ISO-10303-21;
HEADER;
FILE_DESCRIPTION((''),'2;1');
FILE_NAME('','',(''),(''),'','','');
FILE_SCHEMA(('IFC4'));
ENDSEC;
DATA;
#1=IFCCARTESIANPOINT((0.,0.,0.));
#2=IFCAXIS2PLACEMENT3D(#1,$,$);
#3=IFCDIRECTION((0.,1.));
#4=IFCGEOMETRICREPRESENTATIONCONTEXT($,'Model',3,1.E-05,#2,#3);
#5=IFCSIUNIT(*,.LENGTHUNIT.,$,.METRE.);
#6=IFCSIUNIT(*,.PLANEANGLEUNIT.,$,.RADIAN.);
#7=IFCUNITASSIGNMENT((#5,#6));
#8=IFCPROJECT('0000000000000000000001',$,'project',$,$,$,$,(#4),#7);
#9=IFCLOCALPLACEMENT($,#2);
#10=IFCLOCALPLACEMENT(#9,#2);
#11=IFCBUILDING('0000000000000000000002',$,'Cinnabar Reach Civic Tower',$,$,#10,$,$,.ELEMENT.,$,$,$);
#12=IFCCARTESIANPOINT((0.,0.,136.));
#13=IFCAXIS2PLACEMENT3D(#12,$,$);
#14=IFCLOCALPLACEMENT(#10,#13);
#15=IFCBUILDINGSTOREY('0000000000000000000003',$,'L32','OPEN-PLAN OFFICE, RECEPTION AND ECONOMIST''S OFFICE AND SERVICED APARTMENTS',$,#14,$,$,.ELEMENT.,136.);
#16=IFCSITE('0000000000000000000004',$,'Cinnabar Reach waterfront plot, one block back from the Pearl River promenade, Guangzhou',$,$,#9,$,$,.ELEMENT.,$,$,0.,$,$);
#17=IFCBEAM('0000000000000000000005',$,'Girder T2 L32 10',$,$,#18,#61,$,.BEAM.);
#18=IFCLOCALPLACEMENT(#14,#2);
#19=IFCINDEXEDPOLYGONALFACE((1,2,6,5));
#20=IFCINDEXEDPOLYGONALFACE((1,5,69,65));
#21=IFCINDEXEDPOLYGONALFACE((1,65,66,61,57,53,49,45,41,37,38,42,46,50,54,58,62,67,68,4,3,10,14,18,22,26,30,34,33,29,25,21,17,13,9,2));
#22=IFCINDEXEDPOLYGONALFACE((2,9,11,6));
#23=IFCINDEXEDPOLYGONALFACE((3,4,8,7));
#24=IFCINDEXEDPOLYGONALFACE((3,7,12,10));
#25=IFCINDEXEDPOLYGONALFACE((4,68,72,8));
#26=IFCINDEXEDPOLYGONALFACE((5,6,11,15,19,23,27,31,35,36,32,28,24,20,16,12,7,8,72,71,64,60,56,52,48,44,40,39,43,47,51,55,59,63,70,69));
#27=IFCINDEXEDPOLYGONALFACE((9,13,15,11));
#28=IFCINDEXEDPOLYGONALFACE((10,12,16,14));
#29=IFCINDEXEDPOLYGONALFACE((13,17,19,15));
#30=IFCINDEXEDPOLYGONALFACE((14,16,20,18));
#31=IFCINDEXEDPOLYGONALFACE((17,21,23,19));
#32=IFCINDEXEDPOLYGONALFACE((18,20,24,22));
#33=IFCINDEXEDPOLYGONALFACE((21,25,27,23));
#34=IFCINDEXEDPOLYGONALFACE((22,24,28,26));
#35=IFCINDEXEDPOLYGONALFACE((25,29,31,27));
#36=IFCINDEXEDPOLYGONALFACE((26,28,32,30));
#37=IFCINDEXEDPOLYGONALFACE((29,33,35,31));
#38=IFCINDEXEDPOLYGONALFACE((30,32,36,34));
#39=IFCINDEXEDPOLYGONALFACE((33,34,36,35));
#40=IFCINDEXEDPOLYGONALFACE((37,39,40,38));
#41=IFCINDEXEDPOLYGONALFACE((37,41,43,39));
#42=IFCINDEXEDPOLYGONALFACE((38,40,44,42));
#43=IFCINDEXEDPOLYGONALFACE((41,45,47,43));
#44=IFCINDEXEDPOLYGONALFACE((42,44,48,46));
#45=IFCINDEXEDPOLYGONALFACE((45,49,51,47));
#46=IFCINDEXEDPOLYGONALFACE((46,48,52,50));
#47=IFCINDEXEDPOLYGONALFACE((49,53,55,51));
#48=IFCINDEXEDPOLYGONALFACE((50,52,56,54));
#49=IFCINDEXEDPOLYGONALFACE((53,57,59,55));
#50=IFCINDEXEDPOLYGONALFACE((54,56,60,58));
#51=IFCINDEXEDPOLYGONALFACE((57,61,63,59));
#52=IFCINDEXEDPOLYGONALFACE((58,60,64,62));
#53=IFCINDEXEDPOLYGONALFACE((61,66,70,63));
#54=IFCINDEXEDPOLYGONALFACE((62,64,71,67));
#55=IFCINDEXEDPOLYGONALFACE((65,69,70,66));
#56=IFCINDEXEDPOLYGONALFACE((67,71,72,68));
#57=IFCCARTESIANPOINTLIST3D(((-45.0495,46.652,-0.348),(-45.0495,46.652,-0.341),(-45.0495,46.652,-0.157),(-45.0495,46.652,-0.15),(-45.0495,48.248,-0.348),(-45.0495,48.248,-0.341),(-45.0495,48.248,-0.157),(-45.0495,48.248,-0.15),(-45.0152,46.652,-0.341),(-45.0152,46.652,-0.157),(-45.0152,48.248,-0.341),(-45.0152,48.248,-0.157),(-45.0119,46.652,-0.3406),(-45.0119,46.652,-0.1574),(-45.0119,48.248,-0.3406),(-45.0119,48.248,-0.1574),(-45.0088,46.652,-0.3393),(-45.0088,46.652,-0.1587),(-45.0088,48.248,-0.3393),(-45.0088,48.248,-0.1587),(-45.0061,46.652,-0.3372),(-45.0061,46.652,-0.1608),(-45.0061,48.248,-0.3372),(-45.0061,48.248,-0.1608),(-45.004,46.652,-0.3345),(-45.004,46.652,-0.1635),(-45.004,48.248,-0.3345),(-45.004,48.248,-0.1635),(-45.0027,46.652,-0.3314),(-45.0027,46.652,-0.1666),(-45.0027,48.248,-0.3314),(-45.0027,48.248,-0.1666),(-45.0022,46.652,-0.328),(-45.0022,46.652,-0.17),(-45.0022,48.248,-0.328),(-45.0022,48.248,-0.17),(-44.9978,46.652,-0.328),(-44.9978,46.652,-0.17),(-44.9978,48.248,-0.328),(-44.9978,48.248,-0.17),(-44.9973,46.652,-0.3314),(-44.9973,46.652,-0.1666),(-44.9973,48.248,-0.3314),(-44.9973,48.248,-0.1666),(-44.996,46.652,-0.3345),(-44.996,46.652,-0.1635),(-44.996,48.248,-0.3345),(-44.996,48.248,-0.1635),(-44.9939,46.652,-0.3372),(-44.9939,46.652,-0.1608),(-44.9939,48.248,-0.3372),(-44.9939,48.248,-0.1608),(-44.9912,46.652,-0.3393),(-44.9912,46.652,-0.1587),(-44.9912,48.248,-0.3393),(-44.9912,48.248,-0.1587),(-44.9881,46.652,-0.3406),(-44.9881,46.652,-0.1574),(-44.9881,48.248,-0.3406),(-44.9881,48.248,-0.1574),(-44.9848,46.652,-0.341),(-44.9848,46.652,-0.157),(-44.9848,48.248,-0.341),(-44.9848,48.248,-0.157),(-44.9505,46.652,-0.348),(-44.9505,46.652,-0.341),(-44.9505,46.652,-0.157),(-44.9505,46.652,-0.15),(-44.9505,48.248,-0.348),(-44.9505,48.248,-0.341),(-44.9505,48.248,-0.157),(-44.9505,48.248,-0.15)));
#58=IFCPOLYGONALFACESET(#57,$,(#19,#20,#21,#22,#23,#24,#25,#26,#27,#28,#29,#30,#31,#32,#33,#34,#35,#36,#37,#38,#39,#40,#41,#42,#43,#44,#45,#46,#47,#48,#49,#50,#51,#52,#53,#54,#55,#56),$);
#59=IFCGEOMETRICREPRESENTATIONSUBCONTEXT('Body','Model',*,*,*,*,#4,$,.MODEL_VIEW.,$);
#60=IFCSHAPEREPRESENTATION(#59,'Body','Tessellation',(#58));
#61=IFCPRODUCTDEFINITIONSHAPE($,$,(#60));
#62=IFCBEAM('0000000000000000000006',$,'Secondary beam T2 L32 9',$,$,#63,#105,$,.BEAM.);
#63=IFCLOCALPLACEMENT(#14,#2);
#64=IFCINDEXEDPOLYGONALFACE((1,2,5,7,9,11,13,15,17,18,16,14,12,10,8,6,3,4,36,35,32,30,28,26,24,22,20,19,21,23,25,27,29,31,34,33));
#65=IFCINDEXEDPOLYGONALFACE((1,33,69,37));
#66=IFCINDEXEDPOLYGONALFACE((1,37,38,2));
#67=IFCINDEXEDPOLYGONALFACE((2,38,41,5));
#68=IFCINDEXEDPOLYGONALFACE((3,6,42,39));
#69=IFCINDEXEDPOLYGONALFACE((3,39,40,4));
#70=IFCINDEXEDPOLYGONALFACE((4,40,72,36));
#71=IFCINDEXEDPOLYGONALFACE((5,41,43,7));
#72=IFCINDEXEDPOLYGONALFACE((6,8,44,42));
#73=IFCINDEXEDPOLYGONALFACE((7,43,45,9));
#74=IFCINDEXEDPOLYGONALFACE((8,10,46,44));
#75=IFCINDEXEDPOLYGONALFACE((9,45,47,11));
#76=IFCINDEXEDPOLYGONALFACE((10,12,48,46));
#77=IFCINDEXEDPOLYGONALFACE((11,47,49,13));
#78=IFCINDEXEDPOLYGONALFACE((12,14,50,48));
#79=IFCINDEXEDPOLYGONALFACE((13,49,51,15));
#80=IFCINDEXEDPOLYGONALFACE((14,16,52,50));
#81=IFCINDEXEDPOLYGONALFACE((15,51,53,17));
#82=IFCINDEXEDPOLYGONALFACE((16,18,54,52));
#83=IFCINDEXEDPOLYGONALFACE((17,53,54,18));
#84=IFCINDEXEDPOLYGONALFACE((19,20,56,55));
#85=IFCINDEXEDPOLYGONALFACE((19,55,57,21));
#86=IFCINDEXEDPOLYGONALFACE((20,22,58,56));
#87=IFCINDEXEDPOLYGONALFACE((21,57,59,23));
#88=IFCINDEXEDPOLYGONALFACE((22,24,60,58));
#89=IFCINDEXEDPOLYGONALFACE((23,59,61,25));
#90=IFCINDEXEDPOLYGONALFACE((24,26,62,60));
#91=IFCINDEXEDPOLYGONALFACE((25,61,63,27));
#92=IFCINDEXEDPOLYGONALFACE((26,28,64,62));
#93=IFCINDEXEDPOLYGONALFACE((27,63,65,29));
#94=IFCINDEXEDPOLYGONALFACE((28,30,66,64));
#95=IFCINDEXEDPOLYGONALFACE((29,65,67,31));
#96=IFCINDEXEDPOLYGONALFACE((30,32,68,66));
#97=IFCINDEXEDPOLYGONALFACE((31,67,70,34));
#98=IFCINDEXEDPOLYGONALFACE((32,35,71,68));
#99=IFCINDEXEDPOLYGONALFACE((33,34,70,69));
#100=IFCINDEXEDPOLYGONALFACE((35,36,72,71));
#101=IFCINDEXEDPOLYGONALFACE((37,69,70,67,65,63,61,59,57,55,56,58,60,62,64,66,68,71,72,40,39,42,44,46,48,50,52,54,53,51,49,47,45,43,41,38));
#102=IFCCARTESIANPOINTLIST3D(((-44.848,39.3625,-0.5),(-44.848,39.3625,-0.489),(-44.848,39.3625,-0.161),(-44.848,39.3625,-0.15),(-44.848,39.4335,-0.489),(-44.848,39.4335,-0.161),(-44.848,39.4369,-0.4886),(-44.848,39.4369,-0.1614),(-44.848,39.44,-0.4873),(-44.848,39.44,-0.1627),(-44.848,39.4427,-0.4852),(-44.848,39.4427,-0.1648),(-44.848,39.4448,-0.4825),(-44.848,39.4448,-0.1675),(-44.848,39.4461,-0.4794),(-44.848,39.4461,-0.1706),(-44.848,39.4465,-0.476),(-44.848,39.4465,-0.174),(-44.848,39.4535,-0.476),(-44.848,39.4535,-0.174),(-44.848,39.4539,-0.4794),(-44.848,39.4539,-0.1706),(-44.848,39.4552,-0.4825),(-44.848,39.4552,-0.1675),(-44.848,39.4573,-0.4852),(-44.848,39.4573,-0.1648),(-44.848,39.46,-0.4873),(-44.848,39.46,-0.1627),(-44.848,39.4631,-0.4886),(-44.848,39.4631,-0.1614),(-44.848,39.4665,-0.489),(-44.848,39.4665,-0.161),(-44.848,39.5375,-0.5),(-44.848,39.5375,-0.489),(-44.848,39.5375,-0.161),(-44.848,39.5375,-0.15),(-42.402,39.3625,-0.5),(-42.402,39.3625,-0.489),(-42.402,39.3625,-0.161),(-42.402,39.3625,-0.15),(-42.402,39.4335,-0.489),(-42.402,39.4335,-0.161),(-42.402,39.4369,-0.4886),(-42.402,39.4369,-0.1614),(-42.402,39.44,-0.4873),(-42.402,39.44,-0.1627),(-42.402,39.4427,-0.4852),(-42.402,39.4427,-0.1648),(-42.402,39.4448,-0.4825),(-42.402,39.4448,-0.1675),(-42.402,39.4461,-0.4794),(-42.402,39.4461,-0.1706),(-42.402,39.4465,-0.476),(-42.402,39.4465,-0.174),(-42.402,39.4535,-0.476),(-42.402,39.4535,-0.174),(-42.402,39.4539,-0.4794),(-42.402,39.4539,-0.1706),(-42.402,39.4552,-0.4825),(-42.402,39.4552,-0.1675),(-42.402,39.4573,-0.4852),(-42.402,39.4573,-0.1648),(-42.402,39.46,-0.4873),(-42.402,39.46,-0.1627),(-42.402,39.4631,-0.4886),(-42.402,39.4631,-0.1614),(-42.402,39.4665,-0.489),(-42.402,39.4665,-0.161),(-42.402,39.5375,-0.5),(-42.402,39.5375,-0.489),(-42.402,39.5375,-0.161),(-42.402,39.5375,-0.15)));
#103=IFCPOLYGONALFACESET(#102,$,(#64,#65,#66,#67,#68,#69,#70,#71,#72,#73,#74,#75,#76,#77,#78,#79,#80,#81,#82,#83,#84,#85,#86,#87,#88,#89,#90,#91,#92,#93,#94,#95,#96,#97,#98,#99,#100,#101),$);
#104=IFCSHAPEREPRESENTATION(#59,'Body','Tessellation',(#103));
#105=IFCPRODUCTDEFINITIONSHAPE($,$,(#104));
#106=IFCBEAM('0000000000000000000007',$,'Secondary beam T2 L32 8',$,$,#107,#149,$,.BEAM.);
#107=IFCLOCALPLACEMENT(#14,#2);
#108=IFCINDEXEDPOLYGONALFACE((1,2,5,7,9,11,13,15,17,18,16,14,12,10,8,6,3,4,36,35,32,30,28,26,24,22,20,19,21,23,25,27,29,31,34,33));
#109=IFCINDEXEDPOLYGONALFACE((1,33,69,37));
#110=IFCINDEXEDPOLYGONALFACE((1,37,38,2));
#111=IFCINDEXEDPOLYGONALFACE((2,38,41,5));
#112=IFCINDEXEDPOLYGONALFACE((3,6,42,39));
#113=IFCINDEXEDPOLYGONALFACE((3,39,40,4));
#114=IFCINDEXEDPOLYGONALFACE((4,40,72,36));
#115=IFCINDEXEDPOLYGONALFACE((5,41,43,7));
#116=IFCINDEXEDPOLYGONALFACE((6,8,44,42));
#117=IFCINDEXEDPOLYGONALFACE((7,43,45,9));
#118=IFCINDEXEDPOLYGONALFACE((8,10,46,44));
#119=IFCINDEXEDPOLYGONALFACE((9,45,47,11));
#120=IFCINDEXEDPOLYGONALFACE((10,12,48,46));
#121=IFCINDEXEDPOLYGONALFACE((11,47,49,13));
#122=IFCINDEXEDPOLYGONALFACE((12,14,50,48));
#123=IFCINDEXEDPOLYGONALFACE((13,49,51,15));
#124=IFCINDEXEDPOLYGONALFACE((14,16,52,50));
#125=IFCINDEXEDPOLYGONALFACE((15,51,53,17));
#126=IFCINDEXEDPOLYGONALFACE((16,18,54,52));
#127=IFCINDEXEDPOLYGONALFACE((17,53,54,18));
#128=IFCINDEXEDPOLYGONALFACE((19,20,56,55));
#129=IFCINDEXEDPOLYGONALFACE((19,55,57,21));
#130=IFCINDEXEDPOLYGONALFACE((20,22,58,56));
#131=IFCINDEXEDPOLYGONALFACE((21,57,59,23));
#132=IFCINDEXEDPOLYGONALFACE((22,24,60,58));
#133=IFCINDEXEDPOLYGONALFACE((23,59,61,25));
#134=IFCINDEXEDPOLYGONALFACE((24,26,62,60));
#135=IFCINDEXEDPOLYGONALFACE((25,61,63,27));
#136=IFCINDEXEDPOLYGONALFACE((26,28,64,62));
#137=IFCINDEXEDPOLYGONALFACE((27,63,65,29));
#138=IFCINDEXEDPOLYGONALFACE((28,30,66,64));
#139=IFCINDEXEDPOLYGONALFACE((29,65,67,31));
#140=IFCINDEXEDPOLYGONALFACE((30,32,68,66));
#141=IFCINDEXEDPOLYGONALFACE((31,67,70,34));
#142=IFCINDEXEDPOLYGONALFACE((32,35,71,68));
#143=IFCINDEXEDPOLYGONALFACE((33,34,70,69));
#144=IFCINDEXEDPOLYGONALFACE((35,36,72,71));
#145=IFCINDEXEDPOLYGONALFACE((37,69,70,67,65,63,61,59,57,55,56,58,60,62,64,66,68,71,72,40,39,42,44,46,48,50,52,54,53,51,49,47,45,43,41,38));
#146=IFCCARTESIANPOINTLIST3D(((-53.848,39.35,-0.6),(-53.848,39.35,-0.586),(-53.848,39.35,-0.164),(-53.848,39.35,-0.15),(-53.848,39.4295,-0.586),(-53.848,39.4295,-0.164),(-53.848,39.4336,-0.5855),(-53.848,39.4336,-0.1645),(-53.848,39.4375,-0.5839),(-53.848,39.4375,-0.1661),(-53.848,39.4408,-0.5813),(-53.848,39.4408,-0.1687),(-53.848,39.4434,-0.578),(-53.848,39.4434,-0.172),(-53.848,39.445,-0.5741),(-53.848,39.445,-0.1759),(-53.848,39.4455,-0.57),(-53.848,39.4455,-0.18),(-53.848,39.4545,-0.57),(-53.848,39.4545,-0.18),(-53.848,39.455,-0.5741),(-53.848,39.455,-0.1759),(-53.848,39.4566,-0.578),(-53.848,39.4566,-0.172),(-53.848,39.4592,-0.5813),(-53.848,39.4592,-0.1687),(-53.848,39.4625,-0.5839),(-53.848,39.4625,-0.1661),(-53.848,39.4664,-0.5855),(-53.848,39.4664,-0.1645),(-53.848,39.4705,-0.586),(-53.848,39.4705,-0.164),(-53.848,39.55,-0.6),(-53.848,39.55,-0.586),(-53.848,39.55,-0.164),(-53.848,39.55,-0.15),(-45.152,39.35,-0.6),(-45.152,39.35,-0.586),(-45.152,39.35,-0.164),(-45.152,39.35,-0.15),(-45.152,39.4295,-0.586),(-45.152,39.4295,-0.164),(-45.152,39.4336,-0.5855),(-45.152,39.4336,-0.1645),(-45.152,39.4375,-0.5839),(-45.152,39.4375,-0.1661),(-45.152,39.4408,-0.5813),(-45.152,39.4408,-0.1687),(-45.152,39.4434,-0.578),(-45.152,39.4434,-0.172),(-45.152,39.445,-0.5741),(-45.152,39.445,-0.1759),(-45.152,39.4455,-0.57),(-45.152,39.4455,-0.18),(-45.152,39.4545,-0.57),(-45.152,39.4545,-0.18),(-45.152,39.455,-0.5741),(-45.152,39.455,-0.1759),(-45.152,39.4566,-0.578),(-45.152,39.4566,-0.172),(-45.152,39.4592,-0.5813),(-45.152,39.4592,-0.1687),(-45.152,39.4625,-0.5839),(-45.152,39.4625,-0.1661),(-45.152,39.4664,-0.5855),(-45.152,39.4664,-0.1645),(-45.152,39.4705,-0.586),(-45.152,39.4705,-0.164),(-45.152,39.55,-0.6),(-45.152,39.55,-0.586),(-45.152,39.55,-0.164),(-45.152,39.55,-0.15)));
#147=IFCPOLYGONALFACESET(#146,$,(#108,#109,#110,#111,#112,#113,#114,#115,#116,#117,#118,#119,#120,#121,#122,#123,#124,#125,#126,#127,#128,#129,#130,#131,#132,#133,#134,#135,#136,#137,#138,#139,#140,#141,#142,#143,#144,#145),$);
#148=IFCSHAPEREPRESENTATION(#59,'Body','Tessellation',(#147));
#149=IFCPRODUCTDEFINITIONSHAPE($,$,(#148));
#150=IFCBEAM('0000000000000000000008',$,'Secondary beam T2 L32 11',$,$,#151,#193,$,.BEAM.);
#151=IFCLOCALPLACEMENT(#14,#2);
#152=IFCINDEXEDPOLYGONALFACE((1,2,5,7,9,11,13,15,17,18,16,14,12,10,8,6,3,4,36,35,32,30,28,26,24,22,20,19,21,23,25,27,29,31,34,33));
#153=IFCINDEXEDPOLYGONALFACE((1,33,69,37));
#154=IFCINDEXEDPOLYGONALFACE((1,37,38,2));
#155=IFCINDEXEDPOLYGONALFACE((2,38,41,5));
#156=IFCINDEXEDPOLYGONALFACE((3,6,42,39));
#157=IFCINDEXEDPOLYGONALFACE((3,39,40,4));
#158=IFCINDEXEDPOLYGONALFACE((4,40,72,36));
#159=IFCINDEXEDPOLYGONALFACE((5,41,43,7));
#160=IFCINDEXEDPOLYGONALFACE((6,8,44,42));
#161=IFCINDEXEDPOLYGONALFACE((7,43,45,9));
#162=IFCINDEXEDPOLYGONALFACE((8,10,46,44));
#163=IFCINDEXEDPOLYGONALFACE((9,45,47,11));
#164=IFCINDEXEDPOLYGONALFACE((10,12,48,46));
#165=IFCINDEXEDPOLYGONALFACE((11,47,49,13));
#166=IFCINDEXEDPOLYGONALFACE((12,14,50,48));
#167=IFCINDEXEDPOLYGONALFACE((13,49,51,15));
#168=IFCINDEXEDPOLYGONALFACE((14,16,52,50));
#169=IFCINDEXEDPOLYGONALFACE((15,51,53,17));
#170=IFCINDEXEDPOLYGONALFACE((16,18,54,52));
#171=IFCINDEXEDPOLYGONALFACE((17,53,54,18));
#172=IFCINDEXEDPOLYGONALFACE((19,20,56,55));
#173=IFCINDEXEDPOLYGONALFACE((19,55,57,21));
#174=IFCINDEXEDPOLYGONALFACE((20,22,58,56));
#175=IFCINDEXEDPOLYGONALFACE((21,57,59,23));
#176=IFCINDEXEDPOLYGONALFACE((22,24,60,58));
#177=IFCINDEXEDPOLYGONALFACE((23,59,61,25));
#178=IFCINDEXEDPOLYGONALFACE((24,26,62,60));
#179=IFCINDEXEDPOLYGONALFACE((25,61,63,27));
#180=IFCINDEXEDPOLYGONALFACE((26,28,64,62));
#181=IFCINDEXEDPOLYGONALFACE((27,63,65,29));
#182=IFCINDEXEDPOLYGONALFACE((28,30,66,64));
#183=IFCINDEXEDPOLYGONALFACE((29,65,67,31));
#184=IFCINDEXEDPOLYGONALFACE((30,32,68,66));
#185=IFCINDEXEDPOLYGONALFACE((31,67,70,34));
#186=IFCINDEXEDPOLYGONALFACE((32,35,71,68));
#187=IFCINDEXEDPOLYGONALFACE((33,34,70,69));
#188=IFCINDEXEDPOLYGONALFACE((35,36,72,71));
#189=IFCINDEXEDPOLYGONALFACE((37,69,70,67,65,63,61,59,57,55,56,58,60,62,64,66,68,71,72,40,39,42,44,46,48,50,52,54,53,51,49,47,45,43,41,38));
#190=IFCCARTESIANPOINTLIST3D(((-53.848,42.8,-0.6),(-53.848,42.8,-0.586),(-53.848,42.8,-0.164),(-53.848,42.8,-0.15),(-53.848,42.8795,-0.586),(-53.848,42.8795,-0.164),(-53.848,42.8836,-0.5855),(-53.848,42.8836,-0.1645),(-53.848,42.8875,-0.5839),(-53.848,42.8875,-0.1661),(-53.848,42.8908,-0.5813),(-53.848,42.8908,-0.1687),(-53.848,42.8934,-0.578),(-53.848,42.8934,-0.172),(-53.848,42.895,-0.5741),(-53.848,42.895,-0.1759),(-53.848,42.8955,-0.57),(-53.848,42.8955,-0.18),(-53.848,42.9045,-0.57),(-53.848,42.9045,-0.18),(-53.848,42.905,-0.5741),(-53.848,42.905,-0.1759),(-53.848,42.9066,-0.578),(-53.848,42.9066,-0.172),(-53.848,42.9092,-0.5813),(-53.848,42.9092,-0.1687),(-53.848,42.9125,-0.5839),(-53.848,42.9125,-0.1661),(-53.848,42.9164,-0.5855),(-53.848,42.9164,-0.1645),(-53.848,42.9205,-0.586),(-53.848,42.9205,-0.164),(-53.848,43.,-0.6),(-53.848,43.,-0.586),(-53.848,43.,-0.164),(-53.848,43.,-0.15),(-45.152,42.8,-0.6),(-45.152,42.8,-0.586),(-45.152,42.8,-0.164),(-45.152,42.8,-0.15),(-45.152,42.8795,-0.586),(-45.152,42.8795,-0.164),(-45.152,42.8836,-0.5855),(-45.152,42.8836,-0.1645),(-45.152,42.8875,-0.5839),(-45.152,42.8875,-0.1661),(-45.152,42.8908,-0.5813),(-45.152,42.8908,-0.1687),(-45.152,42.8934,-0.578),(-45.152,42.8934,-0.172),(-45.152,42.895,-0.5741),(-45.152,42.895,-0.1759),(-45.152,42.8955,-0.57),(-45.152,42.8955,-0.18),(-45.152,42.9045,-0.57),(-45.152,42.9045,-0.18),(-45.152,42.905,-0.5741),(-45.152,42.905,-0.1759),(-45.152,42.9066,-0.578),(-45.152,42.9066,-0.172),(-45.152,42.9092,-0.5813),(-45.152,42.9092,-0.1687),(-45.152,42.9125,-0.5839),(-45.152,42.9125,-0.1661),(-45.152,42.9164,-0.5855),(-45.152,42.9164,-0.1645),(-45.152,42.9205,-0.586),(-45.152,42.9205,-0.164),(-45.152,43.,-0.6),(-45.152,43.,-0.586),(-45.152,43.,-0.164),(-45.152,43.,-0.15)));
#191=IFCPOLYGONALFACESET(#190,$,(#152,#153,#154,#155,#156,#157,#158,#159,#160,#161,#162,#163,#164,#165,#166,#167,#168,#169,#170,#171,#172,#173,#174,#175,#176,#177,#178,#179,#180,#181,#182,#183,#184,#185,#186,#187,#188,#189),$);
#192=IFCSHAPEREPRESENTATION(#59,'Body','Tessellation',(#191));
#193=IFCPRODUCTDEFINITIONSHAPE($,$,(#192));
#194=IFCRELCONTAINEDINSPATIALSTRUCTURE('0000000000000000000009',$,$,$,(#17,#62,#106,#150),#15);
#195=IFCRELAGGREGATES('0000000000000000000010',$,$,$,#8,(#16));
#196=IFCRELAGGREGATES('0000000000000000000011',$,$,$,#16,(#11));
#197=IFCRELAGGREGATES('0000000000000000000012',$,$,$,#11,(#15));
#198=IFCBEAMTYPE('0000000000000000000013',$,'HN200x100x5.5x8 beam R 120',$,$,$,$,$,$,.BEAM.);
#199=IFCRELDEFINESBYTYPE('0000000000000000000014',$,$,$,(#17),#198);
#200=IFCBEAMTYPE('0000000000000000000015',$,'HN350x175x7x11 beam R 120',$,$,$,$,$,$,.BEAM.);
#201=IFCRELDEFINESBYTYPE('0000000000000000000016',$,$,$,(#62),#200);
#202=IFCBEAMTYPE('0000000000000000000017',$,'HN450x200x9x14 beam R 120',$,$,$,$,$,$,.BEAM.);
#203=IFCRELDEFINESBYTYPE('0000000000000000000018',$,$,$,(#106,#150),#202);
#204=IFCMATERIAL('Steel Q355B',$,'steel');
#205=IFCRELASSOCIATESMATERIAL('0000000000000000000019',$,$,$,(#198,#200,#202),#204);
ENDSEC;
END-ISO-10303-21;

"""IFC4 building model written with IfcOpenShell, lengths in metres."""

from ifc_helpers import new_model, si_unit, direction, frame, origin, origin_2d, place, context, subcontext, project, spatial, i_section, extrude, material, material_profile, profile_set, type_object, element, save


model = new_model("IFC4")

# Units and contexts
model_context = context("Model", 3, precision=1e-05, world=origin(), true_north=direction((0.0, 1.0)))
body_context = subcontext(model_context, "Body", "Model", "MODEL_VIEW")
ifc_project = project(units=[si_unit("LENGTHUNIT", "METRE"), si_unit("PLANEANGLEUNIT", "RADIAN")], contexts=[model_context])

# Site, building, storey
site_placement = place(None, origin())
site = spatial("IfcSite", under=ifc_project, at=site_placement, Name="Cinnabar Reach waterfront plot, one block back from the Pearl River promenade, Guangzhou", CompositionType="ELEMENT", RefElevation=0.0)
building_placement = place(site_placement, origin())
building = spatial("IfcBuilding", under=site, at=building_placement, Name="Cinnabar Reach Civic Tower", CompositionType="ELEMENT")
storey_placement = place(building_placement, frame((0.0, 0.0, 136.0)))
storey = spatial("IfcBuildingStorey", under=building, at=storey_placement, Name="L32", Description="OPEN-PLAN OFFICE, RECEPTION AND ECONOMIST'S OFFICE AND SERVICED APARTMENTS", CompositionType="ELEMENT", Elevation=136.0)

# Beams
ifc_material_1 = material(Name="Steel Q355B", Category="steel")
ifc_material_profile_1 = material_profile(ifc_material_1, i_section(OverallWidth=0.099, OverallDepth=0.198, WebThickness=0.0045, FlangeThickness=0.007, FilletRadius=0.013, at=origin_2d()), Name="HN200x100x5.5x8")
ifc_profile_set_1 = profile_set([ifc_material_profile_1], Name="Steel Q355B")
beam_type_1 = type_object("IfcBeamType", Name="HN200x100x5.5x8 beam R 120", PredefinedType="BEAM", material=ifc_profile_set_1)
beam_1_placement = place(storey_placement, frame((-45.0, 46.652, -0.249), z_axis=(0.0, 1.0, 0.0), x_axis=(-1.0, 0.0, 0.0)))
element("IfcBeam", 1, at=beam_1_placement, inside=storey, type_object=beam_type_1, Name="Girder T2 L32 10", PredefinedType="BEAM", context=body_context, shape_type="SweptSolid", body=[
    extrude(i_section(OverallWidth=0.099, OverallDepth=0.198, WebThickness=0.0045, FlangeThickness=0.007, FilletRadius=0.013, at=origin_2d()), origin(), (0.0, 0.0, 1.0), 1.596),
])
ifc_material_profile_2 = material_profile(ifc_material_1, i_section(OverallWidth=0.175, OverallDepth=0.35, WebThickness=0.007, FlangeThickness=0.011, FilletRadius=0.013, at=origin_2d()), Name="HN350x175x7x11")
ifc_profile_set_2 = profile_set([ifc_material_profile_2], Name="Steel Q355B")
beam_type_2 = type_object("IfcBeamType", Name="HN350x175x7x11 beam R 120", PredefinedType="BEAM", material=ifc_profile_set_2)
beam_2_placement = place(storey_placement, frame((-44.848, 39.45, -0.325), z_axis=(1.0, 0.0, 0.0), x_axis=(0.0, 1.0, 0.0)))
element("IfcBeam", 2, at=beam_2_placement, inside=storey, type_object=beam_type_2, Name="Secondary beam T2 L32 9", PredefinedType="BEAM", context=body_context, shape_type="SweptSolid", body=[
    extrude(i_section(OverallWidth=0.175, OverallDepth=0.35, WebThickness=0.007, FlangeThickness=0.011, FilletRadius=0.013, at=origin_2d()), origin(), (0.0, 0.0, 1.0), 2.446),
])
ifc_material_profile_3 = material_profile(ifc_material_1, i_section(OverallWidth=0.2, OverallDepth=0.45, WebThickness=0.009, FlangeThickness=0.014, FilletRadius=0.016, at=origin_2d()), Name="HN450x200x9x14")
ifc_profile_set_3 = profile_set([ifc_material_profile_3], Name="Steel Q355B")
beam_type_3 = type_object("IfcBeamType", Name="HN450x200x9x14 beam R 120", PredefinedType="BEAM", material=ifc_profile_set_3)
for number, where, z_axis, x_axis, name in (
    (3, (-53.848, 39.45, -0.375), (1.0, 0.0, 0.0), (0.0, 1.0, 0.0), "Secondary beam T2 L32 8"),
    (4, (-53.848, 42.9, -0.375), (1.0, 0.0, 0.0), (0.0, 1.0, 0.0), "Secondary beam T2 L32 11"),
):
    element("IfcBeam", number, at=place(storey_placement, frame(where, z_axis=z_axis, x_axis=x_axis)), inside=storey, type_object=beam_type_3, Name=name, PredefinedType="BEAM", context=body_context, shape_type="SweptSolid", body=[
        extrude(i_section(OverallWidth=0.2, OverallDepth=0.45, WebThickness=0.009, FlangeThickness=0.014, FilletRadius=0.016, at=origin_2d()), origin(), (0.0, 0.0, 1.0), 8.696),
    ])

save(model, "model.ifc")
